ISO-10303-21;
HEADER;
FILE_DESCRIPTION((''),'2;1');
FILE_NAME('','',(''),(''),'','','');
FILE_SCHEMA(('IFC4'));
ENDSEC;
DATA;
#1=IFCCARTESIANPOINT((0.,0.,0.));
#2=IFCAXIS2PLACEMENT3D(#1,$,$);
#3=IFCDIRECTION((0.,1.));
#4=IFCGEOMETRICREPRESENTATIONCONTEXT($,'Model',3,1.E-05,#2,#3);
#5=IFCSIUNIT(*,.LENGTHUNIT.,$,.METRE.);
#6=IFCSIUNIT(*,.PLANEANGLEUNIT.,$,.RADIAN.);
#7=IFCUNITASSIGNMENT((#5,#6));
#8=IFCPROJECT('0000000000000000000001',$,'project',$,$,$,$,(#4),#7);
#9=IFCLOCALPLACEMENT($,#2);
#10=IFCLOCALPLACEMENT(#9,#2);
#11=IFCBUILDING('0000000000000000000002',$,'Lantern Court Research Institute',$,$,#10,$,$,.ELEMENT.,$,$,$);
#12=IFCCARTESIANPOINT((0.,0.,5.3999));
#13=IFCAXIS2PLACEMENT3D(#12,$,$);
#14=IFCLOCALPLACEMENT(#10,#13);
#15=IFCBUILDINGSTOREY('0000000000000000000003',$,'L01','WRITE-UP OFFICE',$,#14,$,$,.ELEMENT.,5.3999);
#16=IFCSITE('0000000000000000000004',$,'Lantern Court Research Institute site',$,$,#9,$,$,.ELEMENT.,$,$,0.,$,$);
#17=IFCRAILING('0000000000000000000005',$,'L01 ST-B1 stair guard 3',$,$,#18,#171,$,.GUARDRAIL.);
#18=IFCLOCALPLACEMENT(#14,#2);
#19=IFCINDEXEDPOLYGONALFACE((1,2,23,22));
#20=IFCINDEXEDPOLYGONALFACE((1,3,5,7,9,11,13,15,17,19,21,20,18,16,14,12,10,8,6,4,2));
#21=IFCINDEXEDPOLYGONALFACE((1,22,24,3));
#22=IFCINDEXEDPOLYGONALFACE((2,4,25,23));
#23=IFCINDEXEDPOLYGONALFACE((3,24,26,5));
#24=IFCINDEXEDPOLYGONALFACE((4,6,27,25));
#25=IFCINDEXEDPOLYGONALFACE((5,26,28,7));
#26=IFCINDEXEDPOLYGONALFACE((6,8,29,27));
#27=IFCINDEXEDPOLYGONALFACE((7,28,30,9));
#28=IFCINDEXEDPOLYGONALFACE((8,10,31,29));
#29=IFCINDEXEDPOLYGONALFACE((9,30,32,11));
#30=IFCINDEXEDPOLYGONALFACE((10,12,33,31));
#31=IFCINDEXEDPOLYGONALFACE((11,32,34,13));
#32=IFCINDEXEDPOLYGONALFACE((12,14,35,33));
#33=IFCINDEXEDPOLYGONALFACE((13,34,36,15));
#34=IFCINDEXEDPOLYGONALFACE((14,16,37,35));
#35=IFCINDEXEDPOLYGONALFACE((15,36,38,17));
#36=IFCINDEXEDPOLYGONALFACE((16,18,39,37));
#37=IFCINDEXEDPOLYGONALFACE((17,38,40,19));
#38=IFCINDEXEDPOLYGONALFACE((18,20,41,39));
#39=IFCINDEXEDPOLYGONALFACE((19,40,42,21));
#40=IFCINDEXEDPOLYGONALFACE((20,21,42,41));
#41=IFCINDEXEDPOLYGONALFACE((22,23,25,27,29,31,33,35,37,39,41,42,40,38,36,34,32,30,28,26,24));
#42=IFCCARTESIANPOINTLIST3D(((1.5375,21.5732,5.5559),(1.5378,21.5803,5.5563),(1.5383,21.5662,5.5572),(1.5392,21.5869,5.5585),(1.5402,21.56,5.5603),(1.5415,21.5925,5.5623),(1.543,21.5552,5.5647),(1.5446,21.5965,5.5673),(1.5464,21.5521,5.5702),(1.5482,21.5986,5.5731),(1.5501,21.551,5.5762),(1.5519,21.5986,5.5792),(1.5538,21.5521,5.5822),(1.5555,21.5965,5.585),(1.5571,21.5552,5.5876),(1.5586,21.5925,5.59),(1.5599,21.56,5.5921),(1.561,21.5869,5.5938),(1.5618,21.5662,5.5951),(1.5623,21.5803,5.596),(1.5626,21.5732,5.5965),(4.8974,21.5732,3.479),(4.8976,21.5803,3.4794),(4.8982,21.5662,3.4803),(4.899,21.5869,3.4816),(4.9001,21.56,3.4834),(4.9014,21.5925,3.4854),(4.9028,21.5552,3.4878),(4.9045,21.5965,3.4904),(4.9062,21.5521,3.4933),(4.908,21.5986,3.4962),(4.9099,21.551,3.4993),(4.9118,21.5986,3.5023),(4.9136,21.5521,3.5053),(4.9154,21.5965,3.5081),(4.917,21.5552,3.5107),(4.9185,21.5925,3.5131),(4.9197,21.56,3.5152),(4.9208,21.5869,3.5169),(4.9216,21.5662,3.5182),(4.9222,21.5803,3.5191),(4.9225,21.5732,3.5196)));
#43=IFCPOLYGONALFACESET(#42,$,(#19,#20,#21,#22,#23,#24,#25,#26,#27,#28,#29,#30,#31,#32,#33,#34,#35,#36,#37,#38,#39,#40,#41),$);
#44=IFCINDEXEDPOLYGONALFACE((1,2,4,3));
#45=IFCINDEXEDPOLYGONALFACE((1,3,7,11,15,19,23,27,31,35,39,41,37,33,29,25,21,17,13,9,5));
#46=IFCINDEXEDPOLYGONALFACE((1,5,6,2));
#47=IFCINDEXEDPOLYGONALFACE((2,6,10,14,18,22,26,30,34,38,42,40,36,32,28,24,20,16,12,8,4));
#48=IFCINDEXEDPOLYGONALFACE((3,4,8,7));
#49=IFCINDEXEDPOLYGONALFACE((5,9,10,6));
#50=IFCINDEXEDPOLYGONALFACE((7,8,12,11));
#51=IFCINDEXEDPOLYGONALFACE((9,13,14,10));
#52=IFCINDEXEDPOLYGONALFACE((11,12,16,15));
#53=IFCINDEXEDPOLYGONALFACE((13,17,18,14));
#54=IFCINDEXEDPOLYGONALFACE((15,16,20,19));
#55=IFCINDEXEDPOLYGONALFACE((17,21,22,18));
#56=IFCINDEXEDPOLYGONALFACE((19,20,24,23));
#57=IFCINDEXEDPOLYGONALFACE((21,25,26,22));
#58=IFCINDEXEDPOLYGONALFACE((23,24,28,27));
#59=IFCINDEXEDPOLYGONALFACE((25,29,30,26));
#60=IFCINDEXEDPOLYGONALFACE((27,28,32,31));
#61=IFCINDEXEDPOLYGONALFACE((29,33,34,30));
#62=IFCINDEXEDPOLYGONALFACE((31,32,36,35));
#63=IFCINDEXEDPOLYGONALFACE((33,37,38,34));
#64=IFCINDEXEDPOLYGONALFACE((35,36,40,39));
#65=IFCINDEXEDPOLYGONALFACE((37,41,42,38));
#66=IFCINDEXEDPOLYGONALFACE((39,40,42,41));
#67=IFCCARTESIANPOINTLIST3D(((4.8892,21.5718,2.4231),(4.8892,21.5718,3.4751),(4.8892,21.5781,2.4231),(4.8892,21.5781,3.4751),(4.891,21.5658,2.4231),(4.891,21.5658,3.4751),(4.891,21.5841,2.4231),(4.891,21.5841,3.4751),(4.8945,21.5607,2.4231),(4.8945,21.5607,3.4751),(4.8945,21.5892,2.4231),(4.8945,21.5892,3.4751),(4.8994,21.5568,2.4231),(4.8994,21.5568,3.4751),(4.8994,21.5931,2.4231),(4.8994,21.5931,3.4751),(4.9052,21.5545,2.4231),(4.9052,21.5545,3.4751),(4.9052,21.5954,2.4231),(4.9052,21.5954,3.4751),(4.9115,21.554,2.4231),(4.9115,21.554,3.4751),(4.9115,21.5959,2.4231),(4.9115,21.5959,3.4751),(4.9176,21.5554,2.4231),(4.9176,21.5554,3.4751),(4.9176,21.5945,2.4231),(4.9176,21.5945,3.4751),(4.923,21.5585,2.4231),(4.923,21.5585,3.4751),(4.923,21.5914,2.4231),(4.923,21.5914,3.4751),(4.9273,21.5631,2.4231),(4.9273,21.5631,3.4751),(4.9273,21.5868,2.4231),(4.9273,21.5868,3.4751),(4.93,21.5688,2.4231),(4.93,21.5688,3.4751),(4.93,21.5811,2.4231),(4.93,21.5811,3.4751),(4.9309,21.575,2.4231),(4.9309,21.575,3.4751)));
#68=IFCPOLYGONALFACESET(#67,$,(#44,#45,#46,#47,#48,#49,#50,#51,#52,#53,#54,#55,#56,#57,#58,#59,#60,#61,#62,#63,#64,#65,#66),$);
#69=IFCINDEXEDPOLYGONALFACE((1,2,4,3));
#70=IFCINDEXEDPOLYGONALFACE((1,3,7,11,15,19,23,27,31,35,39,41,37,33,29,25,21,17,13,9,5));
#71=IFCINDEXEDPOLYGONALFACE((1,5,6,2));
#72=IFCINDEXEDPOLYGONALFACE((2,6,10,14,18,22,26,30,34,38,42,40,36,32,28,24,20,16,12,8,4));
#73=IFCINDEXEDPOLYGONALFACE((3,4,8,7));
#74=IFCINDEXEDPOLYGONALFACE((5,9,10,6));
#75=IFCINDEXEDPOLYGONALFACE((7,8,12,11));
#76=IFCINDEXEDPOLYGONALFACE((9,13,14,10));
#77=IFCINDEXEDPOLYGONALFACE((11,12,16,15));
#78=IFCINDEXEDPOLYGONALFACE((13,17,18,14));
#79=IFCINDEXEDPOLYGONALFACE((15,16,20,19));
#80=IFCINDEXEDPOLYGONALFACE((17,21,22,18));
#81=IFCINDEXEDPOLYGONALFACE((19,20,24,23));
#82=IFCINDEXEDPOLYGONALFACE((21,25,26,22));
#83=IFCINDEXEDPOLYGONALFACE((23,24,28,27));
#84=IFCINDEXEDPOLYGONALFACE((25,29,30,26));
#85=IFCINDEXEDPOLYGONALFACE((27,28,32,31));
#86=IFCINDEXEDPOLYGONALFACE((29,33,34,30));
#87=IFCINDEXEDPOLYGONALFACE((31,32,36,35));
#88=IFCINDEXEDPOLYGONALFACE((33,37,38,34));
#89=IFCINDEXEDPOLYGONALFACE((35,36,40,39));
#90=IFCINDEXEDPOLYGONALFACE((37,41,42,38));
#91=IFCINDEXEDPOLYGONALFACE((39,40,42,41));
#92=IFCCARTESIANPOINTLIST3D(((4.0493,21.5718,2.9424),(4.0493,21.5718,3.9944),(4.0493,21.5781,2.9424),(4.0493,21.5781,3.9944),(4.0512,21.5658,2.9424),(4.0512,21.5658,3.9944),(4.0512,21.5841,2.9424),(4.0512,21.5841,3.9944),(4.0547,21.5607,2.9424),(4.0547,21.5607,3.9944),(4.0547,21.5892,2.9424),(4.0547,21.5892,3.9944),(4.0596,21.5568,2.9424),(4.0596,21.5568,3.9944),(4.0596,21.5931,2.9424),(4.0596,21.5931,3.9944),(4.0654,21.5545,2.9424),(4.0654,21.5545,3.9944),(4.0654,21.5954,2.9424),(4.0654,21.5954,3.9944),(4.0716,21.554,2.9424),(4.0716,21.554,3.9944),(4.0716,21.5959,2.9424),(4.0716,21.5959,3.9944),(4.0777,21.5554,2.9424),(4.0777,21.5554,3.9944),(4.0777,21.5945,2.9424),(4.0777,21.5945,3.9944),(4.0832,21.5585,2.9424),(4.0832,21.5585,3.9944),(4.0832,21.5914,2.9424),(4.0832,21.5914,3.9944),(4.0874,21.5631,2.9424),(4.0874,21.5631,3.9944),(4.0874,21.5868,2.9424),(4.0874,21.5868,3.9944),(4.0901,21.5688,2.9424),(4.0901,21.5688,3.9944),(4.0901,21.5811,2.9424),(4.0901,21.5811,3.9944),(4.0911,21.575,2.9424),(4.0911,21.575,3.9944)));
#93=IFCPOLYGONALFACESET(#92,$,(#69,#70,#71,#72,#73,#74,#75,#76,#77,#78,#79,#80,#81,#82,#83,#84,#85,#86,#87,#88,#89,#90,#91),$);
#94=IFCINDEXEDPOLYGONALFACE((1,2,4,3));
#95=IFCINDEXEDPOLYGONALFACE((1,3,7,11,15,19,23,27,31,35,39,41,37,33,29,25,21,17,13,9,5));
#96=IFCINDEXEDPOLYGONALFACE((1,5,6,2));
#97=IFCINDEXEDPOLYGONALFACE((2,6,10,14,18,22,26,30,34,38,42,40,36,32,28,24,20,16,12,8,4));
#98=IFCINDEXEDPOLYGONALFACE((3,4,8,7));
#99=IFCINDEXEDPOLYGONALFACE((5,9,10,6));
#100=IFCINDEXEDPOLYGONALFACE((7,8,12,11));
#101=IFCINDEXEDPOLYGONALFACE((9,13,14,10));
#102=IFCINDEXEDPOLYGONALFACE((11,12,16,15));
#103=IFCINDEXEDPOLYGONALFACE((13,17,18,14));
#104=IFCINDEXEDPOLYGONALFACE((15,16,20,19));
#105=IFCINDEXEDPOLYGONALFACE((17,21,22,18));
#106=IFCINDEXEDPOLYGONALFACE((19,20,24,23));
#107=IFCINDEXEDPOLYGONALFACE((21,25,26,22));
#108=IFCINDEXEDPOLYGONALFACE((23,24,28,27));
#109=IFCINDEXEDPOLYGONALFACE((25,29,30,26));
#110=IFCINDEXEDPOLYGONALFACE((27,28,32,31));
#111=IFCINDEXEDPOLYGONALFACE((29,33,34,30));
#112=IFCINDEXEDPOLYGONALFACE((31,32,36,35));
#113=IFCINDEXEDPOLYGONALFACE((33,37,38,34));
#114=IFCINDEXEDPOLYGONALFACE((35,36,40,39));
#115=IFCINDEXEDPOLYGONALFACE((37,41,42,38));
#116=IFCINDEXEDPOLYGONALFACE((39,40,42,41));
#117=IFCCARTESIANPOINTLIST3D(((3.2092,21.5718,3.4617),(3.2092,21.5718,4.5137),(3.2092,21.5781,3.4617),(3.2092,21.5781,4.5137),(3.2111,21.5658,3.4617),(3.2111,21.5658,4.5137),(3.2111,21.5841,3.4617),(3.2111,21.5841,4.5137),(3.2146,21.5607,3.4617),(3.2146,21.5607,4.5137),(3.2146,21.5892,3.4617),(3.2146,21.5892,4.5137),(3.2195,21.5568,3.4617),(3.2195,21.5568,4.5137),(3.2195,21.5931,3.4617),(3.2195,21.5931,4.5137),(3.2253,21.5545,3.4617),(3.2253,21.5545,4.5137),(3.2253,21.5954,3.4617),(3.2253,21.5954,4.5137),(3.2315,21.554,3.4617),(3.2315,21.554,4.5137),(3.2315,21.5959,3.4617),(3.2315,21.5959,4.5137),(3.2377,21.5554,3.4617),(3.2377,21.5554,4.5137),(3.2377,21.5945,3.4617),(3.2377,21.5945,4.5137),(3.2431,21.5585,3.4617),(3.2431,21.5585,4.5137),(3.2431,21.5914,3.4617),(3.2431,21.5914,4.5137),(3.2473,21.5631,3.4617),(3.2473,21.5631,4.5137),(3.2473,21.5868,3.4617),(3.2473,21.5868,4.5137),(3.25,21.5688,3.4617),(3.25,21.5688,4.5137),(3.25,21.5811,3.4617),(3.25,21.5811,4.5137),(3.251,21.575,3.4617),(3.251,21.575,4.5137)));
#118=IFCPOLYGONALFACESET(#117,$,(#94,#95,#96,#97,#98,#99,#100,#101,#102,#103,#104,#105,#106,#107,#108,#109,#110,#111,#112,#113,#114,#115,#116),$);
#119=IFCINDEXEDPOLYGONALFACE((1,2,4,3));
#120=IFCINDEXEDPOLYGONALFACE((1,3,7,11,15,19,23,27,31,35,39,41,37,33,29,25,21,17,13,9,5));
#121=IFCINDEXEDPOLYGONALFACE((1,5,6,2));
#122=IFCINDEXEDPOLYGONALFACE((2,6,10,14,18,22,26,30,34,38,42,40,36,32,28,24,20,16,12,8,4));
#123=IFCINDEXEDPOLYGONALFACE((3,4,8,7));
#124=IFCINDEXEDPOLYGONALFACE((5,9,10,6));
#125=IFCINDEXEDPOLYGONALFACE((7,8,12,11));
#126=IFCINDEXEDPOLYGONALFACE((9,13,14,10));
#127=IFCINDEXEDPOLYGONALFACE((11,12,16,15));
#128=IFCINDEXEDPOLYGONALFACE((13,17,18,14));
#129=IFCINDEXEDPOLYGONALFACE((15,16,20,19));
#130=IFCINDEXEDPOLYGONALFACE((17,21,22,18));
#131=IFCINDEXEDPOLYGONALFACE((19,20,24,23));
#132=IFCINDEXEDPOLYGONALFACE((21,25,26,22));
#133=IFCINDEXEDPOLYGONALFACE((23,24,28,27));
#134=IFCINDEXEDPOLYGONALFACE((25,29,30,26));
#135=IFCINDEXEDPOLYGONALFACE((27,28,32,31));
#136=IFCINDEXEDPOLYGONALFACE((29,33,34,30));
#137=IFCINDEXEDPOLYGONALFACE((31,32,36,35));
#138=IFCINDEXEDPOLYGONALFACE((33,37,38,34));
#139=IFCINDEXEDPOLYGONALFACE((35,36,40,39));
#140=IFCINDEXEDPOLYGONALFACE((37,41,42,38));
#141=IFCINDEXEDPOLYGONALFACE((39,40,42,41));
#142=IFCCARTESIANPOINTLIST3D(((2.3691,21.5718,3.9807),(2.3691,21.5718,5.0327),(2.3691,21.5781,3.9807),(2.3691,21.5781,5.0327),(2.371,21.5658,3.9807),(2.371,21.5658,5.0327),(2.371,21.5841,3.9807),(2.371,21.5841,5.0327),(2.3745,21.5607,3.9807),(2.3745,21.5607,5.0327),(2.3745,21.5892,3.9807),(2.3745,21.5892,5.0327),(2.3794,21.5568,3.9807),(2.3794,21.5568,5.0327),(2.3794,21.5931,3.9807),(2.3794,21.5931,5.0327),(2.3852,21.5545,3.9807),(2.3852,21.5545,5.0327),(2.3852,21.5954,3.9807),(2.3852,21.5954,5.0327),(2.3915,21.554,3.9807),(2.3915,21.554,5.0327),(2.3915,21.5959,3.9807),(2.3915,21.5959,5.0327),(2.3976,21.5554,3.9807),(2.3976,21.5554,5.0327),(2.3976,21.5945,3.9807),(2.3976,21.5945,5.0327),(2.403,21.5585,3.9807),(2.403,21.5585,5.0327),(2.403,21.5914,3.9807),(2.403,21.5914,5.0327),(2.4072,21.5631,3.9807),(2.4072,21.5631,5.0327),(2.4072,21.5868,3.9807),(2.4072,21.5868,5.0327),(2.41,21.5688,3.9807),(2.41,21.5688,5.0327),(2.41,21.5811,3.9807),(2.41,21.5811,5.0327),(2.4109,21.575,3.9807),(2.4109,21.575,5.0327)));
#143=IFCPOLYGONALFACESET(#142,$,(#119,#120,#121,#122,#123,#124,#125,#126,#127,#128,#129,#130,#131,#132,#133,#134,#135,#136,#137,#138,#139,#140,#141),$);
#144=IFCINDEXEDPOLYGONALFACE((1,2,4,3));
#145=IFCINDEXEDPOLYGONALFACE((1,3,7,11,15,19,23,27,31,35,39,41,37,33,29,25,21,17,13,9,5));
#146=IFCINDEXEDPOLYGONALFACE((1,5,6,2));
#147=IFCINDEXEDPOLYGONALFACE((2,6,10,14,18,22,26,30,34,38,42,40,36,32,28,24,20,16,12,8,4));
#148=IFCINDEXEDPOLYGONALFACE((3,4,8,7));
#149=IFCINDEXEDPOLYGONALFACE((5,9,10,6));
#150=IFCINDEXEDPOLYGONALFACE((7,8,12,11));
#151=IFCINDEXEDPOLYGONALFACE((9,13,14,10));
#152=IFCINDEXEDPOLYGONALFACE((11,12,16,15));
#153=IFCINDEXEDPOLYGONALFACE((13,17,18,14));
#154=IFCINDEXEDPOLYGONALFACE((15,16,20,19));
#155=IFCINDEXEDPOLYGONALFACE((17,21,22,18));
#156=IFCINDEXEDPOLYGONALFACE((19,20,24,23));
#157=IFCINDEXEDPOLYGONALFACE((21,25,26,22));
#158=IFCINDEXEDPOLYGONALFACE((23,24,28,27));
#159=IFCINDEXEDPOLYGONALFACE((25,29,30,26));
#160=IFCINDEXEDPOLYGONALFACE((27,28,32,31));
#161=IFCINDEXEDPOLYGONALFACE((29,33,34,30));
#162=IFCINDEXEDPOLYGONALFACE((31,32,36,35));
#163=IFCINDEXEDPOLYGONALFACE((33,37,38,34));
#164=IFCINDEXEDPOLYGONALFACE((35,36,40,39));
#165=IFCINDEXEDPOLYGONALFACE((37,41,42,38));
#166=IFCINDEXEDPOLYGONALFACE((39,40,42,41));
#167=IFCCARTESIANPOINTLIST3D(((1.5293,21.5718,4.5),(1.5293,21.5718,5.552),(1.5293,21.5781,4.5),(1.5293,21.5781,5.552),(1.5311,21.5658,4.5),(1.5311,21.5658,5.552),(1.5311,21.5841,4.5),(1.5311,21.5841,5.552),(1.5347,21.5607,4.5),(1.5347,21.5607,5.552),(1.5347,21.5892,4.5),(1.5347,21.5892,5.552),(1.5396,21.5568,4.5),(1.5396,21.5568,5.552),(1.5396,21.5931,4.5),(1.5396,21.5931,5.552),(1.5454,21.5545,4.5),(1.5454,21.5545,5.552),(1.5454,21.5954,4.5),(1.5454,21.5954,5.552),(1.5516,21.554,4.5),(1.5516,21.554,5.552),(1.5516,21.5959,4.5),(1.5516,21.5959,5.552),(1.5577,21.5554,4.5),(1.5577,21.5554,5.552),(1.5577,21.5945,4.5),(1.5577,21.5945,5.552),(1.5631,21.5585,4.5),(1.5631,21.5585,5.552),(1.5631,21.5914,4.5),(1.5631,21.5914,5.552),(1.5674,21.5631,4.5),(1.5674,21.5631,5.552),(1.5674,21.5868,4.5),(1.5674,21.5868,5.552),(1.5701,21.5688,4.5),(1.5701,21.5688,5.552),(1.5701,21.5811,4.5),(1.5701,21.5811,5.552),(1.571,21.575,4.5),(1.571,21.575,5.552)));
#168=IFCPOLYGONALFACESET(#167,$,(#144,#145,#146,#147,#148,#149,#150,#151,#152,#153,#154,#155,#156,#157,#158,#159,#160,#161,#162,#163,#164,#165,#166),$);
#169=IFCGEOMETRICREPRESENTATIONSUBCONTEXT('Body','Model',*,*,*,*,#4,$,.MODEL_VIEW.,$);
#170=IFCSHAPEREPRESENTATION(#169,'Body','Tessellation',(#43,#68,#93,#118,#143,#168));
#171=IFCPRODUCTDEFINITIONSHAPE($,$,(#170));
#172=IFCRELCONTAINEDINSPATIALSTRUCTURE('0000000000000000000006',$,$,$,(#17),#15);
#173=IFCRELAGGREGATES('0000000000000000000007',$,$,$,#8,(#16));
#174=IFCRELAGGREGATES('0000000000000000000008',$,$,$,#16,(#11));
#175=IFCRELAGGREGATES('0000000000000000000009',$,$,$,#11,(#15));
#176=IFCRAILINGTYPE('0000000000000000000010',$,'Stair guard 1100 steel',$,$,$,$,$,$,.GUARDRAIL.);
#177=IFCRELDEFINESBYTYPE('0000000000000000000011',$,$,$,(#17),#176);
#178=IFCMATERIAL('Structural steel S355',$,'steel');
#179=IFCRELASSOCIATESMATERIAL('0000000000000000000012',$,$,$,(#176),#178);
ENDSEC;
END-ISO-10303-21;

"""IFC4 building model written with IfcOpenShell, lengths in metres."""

from ifc_helpers import new_model, si_unit, direction, frame, origin, origin_2d, place, context, subcontext, project, spatial, circle, extrude, material, type_object, element, save


model = new_model("IFC4")

# Units and contexts
model_context = context("Model", 3, precision=1e-05, world=origin(), true_north=direction((0.0, 1.0)))
body_context = subcontext(model_context, "Body", "Model", "MODEL_VIEW")
ifc_project = project(units=[si_unit("LENGTHUNIT", "METRE"), si_unit("PLANEANGLEUNIT", "RADIAN")], contexts=[model_context])

# Site, building, storey
site_placement = place(None, origin())
site = spatial("IfcSite", under=ifc_project, at=site_placement, Name="Lantern Court Research Institute site", CompositionType="ELEMENT", RefElevation=0.0)
building_placement = place(site_placement, origin())
building = spatial("IfcBuilding", under=site, at=building_placement, Name="Lantern Court Research Institute", CompositionType="ELEMENT")
storey_placement = place(building_placement, frame((0.0, 0.0, 5.3999)))
storey = spatial("IfcBuildingStorey", under=building, at=storey_placement, Name="L01", Description="WRITE-UP OFFICE", CompositionType="ELEMENT", Elevation=5.3999)

# Railing
ifc_material_1 = material(Name="Structural steel S355", Category="steel")
railing_type_1 = type_object("IfcRailingType", Name="Stair guard 1100 steel", PredefinedType="GUARDRAIL", material=ifc_material_1)
railing_1_placement = place(storey_placement, frame((4.9099, 21.575, 2.4231)))
element("IfcRailing", 1, at=railing_1_placement, inside=storey, type_object=railing_type_1, Name="L01 ST-B1 stair guard 3", PredefinedType="GUARDRAIL", context=body_context, shape_type="SweptSolid", body=[
    extrude(circle(Radius=0.0239, at=origin_2d()), frame((0.0, 0.0, 1.0762), z_axis=(-0.850606, 0.0, 0.525803), x_axis=(0.0, -1.0, 0.0)), (0.0, 0.0, 1.0), 3.95),
    extrude(circle(Radius=0.021, at=origin_2d()), origin(), (0.0, 0.0, 1.0), 1.052),
    extrude(circle(Radius=0.021, at=origin_2d()), frame((-0.8398, 0.0, 0.5193)), (0.0, 0.0, 1.0), 1.052),
    extrude(circle(Radius=0.021, at=origin_2d()), frame((-1.6799, 0.0, 1.0386)), (0.0, 0.0, 1.0), 1.052),
    extrude(circle(Radius=0.021, at=origin_2d()), frame((-2.52, 0.0, 1.5576)), (0.0, 0.0, 1.0), 1.052),
    extrude(circle(Radius=0.021, at=origin_2d()), frame((-3.3599, 0.0, 2.0769)), (0.0, 0.0, 1.0), 1.052),
])

save(model, "model.ifc")
